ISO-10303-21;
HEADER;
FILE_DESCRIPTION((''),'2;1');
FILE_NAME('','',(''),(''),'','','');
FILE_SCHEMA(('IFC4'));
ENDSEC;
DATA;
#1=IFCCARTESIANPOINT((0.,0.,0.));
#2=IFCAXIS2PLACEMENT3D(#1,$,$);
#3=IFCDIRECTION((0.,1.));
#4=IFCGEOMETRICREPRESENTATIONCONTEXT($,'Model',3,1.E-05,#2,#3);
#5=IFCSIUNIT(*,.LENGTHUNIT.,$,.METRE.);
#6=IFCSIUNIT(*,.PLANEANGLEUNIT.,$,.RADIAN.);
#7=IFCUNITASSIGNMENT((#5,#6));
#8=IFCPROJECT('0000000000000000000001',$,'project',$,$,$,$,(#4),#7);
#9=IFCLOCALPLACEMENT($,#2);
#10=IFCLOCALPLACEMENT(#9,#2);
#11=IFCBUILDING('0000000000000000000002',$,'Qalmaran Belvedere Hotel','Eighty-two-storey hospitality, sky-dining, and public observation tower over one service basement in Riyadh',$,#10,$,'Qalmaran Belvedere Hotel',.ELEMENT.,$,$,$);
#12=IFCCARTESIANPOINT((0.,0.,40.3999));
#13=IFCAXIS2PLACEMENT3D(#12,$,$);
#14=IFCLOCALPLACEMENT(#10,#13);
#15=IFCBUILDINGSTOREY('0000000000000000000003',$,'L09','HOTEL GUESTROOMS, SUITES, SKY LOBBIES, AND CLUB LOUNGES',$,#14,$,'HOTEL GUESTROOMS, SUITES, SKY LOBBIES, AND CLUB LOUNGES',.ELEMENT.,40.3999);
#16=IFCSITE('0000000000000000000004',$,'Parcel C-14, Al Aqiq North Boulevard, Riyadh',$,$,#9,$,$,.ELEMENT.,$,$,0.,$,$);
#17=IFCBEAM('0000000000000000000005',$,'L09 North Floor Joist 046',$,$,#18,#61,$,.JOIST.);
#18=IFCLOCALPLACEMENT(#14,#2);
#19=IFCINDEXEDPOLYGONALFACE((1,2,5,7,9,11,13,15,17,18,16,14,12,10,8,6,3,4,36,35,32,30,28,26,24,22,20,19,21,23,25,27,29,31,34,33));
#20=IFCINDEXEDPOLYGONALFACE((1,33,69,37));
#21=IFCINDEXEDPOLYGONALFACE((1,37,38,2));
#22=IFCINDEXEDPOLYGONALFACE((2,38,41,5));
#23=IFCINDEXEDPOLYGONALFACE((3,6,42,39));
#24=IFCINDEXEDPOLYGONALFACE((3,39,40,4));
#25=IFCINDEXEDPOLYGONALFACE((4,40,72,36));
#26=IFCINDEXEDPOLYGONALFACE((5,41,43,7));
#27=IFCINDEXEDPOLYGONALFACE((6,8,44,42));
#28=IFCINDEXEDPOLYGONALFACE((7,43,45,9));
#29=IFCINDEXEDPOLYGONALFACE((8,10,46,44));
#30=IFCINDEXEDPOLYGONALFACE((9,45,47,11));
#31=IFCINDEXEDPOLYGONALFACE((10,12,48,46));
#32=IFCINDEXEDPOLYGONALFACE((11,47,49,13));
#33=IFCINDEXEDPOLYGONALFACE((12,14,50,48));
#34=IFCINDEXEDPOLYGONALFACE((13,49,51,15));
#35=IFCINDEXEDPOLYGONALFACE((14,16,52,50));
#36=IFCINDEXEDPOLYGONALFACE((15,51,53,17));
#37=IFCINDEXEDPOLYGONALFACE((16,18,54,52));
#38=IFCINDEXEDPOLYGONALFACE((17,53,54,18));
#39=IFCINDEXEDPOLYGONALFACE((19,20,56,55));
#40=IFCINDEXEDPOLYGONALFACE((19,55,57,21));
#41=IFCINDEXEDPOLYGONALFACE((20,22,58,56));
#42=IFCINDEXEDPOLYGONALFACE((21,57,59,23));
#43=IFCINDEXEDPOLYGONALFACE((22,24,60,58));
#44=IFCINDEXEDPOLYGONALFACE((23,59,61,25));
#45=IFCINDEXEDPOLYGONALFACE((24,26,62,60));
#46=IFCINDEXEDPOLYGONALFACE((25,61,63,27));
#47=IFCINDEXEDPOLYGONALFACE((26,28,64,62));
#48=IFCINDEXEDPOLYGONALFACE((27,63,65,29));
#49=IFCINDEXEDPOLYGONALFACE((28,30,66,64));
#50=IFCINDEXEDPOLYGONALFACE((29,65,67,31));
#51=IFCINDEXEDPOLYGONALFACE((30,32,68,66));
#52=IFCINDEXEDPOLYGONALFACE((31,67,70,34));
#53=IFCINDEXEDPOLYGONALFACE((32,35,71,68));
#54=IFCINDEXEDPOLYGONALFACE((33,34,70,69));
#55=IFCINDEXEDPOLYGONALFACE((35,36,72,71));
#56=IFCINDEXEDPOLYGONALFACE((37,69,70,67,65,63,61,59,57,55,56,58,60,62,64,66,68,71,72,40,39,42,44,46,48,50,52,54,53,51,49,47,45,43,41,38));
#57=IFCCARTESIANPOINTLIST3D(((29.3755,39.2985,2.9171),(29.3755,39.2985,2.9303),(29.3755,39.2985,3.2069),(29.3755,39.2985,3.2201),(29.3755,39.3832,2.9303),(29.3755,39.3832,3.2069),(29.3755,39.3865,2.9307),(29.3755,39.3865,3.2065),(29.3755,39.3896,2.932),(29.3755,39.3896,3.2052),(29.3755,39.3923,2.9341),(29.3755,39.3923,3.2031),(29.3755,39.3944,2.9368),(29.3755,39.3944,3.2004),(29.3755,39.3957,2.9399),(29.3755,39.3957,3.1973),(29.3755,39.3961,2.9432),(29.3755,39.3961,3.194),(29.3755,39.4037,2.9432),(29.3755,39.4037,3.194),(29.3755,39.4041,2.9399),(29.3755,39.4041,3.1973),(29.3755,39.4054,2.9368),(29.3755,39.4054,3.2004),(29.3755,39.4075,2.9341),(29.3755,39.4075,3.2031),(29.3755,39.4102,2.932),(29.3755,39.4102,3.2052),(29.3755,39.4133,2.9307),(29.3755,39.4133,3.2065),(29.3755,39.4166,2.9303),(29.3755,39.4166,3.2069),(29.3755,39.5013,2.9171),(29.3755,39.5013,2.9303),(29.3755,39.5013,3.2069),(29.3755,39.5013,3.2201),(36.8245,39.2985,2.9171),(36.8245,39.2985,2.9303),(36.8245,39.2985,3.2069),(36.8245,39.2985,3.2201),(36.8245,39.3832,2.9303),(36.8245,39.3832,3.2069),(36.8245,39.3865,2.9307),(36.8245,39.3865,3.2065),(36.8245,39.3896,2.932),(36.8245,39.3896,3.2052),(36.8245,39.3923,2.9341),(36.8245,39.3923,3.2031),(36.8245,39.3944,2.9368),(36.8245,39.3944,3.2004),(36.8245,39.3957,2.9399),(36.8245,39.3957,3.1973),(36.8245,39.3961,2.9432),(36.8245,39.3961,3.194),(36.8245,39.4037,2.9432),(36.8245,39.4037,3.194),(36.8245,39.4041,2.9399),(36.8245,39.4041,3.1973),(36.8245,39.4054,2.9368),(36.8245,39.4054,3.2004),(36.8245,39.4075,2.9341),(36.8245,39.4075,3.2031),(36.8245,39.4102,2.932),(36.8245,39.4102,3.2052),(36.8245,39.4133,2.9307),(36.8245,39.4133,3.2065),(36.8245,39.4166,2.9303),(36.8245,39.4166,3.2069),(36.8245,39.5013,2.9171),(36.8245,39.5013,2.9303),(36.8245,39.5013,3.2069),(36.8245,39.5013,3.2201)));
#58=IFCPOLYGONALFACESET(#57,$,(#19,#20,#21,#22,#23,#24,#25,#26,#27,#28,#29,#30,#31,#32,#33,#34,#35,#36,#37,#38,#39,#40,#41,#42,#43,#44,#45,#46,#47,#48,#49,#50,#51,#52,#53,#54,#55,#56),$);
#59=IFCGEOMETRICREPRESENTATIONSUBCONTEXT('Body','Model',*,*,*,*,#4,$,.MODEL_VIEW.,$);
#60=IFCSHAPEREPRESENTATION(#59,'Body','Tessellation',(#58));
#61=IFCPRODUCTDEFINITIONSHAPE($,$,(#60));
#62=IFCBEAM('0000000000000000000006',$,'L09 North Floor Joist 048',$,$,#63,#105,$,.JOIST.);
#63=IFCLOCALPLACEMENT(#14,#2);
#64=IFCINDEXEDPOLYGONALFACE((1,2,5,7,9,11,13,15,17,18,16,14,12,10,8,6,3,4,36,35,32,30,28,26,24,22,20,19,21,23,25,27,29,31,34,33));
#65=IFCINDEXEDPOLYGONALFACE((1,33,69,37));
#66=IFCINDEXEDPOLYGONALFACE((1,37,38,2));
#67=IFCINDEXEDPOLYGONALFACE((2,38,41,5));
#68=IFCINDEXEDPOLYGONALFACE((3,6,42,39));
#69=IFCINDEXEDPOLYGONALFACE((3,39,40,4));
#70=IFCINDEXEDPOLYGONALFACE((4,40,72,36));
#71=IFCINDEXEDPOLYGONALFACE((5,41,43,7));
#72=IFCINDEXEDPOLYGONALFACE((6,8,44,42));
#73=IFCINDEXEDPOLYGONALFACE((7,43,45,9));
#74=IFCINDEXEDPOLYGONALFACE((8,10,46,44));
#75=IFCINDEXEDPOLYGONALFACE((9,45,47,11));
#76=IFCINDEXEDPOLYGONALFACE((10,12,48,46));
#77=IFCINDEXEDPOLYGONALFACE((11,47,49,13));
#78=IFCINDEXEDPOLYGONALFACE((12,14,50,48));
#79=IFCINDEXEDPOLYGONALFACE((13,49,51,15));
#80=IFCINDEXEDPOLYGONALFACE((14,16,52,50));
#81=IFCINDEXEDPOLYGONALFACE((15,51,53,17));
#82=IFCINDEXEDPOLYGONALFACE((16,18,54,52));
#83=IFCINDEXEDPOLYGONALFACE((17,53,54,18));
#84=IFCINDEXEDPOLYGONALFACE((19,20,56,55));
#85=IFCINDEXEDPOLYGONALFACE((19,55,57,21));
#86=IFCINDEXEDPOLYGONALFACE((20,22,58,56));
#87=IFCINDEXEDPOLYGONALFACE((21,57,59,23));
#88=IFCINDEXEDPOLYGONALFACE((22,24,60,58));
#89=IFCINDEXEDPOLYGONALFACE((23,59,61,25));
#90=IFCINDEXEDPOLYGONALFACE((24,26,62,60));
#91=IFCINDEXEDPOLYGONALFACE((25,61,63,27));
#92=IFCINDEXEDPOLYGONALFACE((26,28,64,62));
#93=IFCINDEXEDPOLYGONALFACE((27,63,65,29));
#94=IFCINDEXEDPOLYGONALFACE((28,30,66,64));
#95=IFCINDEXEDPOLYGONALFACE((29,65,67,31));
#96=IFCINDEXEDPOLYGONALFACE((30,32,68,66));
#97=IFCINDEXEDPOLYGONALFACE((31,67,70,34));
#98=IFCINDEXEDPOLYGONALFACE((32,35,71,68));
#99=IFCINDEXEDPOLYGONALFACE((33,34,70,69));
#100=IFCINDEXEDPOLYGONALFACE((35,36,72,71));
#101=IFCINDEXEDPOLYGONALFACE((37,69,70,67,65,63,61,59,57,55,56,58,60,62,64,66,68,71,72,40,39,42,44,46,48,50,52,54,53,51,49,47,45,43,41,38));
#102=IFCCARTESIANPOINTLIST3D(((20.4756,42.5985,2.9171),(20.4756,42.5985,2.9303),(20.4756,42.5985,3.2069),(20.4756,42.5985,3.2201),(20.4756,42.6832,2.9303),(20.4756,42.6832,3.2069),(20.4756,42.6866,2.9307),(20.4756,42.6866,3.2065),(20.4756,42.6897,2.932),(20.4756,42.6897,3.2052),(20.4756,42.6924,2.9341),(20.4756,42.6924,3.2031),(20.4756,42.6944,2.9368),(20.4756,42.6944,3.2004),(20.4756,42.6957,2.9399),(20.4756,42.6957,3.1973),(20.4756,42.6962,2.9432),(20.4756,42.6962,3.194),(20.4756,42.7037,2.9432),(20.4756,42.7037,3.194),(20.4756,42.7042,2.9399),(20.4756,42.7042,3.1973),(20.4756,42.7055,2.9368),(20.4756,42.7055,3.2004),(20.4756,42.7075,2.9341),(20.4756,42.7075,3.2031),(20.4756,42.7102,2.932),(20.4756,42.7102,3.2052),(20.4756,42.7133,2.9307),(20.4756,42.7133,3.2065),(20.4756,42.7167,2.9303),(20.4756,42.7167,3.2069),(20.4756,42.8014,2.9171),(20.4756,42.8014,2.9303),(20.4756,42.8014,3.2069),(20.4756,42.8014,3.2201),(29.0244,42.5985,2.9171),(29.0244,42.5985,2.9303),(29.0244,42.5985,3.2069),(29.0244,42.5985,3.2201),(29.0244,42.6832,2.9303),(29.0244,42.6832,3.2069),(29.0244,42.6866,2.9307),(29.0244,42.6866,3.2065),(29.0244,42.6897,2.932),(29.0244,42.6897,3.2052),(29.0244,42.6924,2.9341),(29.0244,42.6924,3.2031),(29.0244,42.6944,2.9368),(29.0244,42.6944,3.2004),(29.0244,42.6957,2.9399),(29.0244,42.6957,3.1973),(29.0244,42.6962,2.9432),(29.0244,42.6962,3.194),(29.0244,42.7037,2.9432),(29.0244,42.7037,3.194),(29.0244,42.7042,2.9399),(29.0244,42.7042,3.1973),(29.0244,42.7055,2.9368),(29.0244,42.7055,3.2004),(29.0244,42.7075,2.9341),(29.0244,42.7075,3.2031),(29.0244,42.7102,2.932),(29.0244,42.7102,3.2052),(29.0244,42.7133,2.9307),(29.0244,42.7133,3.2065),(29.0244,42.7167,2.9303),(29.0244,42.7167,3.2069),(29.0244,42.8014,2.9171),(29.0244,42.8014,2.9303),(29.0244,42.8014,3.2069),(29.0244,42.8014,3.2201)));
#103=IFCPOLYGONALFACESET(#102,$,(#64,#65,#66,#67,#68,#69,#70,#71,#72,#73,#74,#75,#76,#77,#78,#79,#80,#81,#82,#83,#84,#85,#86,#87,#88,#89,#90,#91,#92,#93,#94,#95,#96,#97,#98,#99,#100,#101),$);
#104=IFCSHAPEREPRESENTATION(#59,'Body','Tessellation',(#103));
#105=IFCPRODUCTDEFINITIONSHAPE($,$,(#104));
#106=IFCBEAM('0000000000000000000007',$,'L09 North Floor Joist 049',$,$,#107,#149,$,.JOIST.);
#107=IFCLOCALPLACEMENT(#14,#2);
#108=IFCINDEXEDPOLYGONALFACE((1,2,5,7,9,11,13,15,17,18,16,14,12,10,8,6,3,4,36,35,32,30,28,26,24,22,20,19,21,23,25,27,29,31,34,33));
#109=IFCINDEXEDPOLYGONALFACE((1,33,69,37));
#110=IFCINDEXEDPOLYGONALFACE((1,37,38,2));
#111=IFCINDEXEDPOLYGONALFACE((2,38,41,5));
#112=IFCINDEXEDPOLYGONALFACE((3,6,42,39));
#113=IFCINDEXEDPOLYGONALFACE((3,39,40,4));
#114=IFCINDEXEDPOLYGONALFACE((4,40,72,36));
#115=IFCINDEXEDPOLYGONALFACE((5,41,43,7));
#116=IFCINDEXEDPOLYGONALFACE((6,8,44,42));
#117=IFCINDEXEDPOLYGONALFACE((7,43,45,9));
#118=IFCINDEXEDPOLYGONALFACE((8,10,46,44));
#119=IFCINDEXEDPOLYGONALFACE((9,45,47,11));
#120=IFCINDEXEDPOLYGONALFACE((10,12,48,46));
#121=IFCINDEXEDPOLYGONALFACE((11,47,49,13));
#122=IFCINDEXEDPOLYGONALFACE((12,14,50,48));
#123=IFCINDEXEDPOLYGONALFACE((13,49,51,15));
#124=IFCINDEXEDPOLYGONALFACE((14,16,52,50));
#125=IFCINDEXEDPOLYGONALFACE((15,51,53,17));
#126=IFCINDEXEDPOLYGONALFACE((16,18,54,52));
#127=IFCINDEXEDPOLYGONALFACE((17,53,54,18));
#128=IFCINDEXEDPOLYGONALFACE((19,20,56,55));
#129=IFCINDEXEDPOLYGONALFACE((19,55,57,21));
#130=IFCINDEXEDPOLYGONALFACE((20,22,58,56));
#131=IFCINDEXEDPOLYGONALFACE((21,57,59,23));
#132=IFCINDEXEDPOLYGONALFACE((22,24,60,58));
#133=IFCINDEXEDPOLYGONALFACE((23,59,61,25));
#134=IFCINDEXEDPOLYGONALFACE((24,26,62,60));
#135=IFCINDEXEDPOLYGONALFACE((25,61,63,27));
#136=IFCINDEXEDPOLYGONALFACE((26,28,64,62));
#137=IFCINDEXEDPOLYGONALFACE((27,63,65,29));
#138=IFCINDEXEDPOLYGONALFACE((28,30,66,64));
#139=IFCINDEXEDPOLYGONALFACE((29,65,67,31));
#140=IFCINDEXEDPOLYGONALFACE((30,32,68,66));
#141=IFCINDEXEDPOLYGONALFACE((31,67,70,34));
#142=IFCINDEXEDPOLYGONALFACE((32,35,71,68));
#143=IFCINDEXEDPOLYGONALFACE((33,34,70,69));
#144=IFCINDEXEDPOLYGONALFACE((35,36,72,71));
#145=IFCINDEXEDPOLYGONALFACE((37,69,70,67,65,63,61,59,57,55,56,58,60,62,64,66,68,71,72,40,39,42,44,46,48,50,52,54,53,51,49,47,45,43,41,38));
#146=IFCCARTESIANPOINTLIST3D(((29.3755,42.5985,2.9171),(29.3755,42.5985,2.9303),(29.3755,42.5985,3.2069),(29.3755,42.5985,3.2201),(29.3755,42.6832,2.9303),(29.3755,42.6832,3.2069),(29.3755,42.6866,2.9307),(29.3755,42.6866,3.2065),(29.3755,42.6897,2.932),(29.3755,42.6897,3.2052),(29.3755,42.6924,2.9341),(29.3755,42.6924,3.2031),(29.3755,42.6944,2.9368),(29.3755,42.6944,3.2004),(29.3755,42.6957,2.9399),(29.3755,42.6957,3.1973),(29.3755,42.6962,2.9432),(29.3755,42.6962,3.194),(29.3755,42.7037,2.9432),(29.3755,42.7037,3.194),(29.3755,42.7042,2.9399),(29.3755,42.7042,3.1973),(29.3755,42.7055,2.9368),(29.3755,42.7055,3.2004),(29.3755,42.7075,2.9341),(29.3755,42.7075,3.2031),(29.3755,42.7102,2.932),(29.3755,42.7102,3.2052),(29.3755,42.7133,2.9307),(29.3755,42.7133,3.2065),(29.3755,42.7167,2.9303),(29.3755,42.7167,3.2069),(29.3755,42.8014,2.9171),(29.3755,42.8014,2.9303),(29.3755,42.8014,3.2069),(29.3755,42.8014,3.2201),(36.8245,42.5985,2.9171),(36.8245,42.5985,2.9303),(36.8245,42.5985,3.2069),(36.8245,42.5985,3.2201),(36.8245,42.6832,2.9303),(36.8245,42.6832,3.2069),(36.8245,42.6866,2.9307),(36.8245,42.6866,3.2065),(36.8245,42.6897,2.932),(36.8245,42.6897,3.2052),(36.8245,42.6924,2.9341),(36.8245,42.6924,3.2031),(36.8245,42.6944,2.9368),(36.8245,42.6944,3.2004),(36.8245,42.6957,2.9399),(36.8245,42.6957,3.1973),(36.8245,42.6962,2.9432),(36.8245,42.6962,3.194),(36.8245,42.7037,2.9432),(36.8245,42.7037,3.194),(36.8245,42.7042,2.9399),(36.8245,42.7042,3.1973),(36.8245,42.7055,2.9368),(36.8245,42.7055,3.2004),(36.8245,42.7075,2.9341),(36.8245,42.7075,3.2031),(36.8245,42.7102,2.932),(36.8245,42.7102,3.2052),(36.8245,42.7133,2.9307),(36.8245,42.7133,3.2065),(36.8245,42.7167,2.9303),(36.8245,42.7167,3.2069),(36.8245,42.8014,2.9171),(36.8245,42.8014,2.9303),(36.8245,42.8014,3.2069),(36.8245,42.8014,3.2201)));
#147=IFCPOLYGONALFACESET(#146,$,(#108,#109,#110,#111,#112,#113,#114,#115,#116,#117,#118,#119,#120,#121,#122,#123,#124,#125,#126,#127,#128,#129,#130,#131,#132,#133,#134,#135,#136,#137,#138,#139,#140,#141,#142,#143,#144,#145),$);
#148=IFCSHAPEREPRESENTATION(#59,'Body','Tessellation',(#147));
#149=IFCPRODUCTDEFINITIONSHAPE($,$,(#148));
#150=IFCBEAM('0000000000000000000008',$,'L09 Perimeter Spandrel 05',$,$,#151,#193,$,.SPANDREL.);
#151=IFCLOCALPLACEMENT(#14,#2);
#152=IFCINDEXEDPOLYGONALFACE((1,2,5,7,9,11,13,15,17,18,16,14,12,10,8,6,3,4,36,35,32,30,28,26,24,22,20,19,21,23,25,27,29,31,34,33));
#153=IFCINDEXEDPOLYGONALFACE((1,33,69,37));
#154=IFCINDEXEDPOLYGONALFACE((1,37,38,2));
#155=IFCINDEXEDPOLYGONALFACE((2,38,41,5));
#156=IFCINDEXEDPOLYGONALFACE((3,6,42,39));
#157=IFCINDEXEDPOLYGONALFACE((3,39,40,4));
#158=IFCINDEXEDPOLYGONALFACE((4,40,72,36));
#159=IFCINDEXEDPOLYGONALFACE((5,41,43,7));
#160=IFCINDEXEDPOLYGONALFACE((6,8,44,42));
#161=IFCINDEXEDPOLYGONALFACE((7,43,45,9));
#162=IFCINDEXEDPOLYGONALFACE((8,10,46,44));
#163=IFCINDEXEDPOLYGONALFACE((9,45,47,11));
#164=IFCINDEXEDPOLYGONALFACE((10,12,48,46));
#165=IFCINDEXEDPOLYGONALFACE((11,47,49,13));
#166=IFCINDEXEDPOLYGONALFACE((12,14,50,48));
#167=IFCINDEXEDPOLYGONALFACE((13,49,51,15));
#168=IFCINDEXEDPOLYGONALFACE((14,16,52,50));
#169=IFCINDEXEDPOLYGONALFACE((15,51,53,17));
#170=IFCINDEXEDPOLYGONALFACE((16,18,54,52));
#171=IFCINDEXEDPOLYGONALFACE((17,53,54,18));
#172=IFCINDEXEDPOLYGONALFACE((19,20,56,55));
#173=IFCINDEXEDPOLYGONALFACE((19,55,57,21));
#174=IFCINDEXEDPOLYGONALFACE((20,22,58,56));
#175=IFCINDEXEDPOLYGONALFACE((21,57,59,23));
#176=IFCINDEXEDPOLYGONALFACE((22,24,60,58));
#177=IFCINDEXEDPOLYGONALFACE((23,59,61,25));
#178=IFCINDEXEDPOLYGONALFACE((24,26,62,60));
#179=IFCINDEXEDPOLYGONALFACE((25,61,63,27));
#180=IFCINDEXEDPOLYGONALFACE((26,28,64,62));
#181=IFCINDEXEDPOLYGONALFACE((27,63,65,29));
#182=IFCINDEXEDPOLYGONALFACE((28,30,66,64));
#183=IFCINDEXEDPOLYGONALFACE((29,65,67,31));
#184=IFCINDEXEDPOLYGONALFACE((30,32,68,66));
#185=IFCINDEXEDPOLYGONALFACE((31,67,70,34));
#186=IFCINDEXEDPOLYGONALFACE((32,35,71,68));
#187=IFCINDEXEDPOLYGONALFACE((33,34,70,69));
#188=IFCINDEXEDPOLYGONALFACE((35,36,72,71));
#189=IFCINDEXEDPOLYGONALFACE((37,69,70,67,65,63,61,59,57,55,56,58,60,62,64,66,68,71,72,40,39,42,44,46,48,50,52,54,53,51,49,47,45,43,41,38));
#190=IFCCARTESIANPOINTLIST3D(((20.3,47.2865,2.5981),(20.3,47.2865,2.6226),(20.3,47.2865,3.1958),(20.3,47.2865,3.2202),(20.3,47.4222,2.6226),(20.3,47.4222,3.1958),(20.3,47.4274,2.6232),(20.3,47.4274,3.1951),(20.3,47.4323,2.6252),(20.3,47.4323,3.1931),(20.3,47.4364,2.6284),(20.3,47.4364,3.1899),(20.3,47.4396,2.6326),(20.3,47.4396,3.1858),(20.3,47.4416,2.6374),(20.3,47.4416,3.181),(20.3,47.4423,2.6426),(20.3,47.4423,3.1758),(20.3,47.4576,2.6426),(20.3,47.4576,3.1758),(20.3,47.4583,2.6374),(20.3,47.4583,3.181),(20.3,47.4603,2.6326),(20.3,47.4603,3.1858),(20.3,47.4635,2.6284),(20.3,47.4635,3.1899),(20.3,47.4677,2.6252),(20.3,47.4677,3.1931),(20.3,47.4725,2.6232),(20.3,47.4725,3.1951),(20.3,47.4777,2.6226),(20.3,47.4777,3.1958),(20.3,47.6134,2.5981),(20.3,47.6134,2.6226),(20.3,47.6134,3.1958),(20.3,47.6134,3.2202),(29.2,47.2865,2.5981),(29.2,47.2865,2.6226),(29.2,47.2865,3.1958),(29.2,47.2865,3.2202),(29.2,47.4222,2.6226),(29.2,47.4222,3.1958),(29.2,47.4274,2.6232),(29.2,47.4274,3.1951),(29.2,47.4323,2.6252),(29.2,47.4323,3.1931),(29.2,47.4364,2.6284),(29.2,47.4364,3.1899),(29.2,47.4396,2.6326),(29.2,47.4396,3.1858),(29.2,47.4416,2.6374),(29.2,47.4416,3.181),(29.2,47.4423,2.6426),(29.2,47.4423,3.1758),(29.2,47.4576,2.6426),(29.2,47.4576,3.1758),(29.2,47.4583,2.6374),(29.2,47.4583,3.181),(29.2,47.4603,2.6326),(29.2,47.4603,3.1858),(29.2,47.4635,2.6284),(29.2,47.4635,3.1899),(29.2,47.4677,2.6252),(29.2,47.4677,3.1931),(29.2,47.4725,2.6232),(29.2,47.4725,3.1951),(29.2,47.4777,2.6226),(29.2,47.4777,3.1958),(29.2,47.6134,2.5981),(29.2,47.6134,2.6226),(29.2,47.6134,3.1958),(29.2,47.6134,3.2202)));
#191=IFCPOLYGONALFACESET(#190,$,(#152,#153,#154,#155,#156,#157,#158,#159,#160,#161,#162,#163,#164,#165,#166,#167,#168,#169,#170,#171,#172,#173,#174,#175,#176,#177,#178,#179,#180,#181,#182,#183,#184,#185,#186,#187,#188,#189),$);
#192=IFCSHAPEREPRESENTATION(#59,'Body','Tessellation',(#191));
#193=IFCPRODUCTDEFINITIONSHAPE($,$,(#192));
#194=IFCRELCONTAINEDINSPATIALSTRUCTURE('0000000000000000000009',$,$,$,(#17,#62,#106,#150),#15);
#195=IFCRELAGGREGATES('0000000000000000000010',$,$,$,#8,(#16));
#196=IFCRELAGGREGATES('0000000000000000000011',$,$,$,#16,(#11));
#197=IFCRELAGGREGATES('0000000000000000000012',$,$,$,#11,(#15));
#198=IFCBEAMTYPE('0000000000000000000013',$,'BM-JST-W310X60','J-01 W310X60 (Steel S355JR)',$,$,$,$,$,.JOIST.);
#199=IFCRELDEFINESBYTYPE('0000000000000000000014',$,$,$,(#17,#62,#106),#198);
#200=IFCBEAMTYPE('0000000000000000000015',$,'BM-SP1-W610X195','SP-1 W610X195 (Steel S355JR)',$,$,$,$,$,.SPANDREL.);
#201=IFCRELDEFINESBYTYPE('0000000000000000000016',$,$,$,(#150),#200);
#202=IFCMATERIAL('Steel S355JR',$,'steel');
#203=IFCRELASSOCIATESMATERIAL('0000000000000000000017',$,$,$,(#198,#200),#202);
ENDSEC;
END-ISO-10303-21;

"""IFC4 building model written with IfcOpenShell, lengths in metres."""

from ifc_helpers import new_model, si_unit, direction, frame, origin, origin_2d, place, context, subcontext, project, spatial, i_section, extrude, material, material_profile, profile_set, type_object, element, save


model = new_model("IFC4")

# Units and contexts
model_context = context("Model", 3, precision=1e-05, world=origin(), true_north=direction((0.0, 1.0)))
body_context = subcontext(model_context, "Body", "Model", "MODEL_VIEW")
ifc_project = project(units=[si_unit("LENGTHUNIT", "METRE"), si_unit("PLANEANGLEUNIT", "RADIAN")], contexts=[model_context])

# Site, building, storey
site_placement = place(None, origin())
site = spatial("IfcSite", under=ifc_project, at=site_placement, Name="Parcel C-14, Al Aqiq North Boulevard, Riyadh", CompositionType="ELEMENT", RefElevation=0.0)
building_placement = place(site_placement, origin())
building = spatial("IfcBuilding", under=site, at=building_placement, Name="Qalmaran Belvedere Hotel", Description="Eighty-two-storey hospitality, sky-dining, and public observation tower over one service basement in Riyadh", LongName="Qalmaran Belvedere Hotel", CompositionType="ELEMENT")
storey_placement = place(building_placement, frame((0.0, 0.0, 40.3999)))
storey = spatial("IfcBuildingStorey", under=building, at=storey_placement, Name="L09", Description="HOTEL GUESTROOMS, SUITES, SKY LOBBIES, AND CLUB LOUNGES", LongName="HOTEL GUESTROOMS, SUITES, SKY LOBBIES, AND CLUB LOUNGES", CompositionType="ELEMENT", Elevation=40.3999)

# Beams
ifc_material_1 = material(Name="Steel S355JR", Category="steel")
ifc_material_profile_1 = material_profile(ifc_material_1, i_section(OverallWidth=0.2029, OverallDepth=0.303, WebThickness=0.0076, FlangeThickness=0.0132, FilletRadius=0.0129, at=origin_2d()), Name="W310X60")
ifc_profile_set_1 = profile_set([ifc_material_profile_1], Name="Steel S355JR")
beam_type_1 = type_object("IfcBeamType", Name="BM-JST-W310X60", Description="J-01 W310X60 (Steel S355JR)", PredefinedType="JOIST", material=ifc_profile_set_1)
beam_1_placement = place(storey_placement, frame((29.3755, 39.3999, 3.0686), z_axis=(1.0, 0.0, 0.0), x_axis=(0.0, 1.0, 0.0)))
element("IfcBeam", 1, at=beam_1_placement, inside=storey, type_object=beam_type_1, Name="L09 North Floor Joist 046", PredefinedType="JOIST", context=body_context, shape_type="SweptSolid", body=[
    extrude(i_section(OverallWidth=0.2029, OverallDepth=0.303, WebThickness=0.0076, FlangeThickness=0.0132, FilletRadius=0.0129, at=origin_2d()), origin(), (0.0, 0.0, 1.0), 7.449),
])
beam_2_placement = place(storey_placement, frame((20.4756, 42.7, 3.0686), z_axis=(1.0, 0.0, 0.0), x_axis=(0.0, 1.0, 0.0)))
element("IfcBeam", 2, at=beam_2_placement, inside=storey, type_object=beam_type_1, Name="L09 North Floor Joist 048", PredefinedType="JOIST", context=body_context, shape_type="SweptSolid", body=[
    extrude(i_section(OverallWidth=0.2029, OverallDepth=0.303, WebThickness=0.0076, FlangeThickness=0.0132, FilletRadius=0.0129, at=origin_2d()), origin(), (0.0, 0.0, 1.0), 8.5488),
])
beam_3_placement = place(storey_placement, frame((29.3755, 42.7, 3.0686), z_axis=(1.0, 0.0, 0.0), x_axis=(0.0, 1.0, 0.0)))
element("IfcBeam", 3, at=beam_3_placement, inside=storey, type_object=beam_type_1, Name="L09 North Floor Joist 049", PredefinedType="JOIST", context=body_context, shape_type="SweptSolid", body=[
    extrude(i_section(OverallWidth=0.2029, OverallDepth=0.303, WebThickness=0.0076, FlangeThickness=0.0132, FilletRadius=0.0129, at=origin_2d()), origin(), (0.0, 0.0, 1.0), 7.449),
])
ifc_material_profile_2 = material_profile(ifc_material_1, i_section(OverallWidth=0.3269, OverallDepth=0.6221, WebThickness=0.0154, FlangeThickness=0.0244, FilletRadius=0.02, at=origin_2d()), Name="W610X195")
ifc_profile_set_2 = profile_set([ifc_material_profile_2], Name="Steel S355JR")
beam_type_2 = type_object("IfcBeamType", Name="BM-SP1-W610X195", Description="SP-1 W610X195 (Steel S355JR)", PredefinedType="SPANDREL", material=ifc_profile_set_2)
beam_4_placement = place(storey_placement, frame((20.3, 47.45, 2.9092), z_axis=(1.0, 0.0, 0.0), x_axis=(0.0, 1.0, 0.0)))
element("IfcBeam", 4, at=beam_4_placement, inside=storey, type_object=beam_type_2, Name="L09 Perimeter Spandrel 05", PredefinedType="SPANDREL", context=body_context, shape_type="SweptSolid", body=[
    extrude(i_section(OverallWidth=0.3269, OverallDepth=0.6221, WebThickness=0.0154, FlangeThickness=0.0244, FilletRadius=0.02, at=origin_2d()), origin(), (0.0, 0.0, 1.0), 8.8999),
])

save(model, "model.ifc")
